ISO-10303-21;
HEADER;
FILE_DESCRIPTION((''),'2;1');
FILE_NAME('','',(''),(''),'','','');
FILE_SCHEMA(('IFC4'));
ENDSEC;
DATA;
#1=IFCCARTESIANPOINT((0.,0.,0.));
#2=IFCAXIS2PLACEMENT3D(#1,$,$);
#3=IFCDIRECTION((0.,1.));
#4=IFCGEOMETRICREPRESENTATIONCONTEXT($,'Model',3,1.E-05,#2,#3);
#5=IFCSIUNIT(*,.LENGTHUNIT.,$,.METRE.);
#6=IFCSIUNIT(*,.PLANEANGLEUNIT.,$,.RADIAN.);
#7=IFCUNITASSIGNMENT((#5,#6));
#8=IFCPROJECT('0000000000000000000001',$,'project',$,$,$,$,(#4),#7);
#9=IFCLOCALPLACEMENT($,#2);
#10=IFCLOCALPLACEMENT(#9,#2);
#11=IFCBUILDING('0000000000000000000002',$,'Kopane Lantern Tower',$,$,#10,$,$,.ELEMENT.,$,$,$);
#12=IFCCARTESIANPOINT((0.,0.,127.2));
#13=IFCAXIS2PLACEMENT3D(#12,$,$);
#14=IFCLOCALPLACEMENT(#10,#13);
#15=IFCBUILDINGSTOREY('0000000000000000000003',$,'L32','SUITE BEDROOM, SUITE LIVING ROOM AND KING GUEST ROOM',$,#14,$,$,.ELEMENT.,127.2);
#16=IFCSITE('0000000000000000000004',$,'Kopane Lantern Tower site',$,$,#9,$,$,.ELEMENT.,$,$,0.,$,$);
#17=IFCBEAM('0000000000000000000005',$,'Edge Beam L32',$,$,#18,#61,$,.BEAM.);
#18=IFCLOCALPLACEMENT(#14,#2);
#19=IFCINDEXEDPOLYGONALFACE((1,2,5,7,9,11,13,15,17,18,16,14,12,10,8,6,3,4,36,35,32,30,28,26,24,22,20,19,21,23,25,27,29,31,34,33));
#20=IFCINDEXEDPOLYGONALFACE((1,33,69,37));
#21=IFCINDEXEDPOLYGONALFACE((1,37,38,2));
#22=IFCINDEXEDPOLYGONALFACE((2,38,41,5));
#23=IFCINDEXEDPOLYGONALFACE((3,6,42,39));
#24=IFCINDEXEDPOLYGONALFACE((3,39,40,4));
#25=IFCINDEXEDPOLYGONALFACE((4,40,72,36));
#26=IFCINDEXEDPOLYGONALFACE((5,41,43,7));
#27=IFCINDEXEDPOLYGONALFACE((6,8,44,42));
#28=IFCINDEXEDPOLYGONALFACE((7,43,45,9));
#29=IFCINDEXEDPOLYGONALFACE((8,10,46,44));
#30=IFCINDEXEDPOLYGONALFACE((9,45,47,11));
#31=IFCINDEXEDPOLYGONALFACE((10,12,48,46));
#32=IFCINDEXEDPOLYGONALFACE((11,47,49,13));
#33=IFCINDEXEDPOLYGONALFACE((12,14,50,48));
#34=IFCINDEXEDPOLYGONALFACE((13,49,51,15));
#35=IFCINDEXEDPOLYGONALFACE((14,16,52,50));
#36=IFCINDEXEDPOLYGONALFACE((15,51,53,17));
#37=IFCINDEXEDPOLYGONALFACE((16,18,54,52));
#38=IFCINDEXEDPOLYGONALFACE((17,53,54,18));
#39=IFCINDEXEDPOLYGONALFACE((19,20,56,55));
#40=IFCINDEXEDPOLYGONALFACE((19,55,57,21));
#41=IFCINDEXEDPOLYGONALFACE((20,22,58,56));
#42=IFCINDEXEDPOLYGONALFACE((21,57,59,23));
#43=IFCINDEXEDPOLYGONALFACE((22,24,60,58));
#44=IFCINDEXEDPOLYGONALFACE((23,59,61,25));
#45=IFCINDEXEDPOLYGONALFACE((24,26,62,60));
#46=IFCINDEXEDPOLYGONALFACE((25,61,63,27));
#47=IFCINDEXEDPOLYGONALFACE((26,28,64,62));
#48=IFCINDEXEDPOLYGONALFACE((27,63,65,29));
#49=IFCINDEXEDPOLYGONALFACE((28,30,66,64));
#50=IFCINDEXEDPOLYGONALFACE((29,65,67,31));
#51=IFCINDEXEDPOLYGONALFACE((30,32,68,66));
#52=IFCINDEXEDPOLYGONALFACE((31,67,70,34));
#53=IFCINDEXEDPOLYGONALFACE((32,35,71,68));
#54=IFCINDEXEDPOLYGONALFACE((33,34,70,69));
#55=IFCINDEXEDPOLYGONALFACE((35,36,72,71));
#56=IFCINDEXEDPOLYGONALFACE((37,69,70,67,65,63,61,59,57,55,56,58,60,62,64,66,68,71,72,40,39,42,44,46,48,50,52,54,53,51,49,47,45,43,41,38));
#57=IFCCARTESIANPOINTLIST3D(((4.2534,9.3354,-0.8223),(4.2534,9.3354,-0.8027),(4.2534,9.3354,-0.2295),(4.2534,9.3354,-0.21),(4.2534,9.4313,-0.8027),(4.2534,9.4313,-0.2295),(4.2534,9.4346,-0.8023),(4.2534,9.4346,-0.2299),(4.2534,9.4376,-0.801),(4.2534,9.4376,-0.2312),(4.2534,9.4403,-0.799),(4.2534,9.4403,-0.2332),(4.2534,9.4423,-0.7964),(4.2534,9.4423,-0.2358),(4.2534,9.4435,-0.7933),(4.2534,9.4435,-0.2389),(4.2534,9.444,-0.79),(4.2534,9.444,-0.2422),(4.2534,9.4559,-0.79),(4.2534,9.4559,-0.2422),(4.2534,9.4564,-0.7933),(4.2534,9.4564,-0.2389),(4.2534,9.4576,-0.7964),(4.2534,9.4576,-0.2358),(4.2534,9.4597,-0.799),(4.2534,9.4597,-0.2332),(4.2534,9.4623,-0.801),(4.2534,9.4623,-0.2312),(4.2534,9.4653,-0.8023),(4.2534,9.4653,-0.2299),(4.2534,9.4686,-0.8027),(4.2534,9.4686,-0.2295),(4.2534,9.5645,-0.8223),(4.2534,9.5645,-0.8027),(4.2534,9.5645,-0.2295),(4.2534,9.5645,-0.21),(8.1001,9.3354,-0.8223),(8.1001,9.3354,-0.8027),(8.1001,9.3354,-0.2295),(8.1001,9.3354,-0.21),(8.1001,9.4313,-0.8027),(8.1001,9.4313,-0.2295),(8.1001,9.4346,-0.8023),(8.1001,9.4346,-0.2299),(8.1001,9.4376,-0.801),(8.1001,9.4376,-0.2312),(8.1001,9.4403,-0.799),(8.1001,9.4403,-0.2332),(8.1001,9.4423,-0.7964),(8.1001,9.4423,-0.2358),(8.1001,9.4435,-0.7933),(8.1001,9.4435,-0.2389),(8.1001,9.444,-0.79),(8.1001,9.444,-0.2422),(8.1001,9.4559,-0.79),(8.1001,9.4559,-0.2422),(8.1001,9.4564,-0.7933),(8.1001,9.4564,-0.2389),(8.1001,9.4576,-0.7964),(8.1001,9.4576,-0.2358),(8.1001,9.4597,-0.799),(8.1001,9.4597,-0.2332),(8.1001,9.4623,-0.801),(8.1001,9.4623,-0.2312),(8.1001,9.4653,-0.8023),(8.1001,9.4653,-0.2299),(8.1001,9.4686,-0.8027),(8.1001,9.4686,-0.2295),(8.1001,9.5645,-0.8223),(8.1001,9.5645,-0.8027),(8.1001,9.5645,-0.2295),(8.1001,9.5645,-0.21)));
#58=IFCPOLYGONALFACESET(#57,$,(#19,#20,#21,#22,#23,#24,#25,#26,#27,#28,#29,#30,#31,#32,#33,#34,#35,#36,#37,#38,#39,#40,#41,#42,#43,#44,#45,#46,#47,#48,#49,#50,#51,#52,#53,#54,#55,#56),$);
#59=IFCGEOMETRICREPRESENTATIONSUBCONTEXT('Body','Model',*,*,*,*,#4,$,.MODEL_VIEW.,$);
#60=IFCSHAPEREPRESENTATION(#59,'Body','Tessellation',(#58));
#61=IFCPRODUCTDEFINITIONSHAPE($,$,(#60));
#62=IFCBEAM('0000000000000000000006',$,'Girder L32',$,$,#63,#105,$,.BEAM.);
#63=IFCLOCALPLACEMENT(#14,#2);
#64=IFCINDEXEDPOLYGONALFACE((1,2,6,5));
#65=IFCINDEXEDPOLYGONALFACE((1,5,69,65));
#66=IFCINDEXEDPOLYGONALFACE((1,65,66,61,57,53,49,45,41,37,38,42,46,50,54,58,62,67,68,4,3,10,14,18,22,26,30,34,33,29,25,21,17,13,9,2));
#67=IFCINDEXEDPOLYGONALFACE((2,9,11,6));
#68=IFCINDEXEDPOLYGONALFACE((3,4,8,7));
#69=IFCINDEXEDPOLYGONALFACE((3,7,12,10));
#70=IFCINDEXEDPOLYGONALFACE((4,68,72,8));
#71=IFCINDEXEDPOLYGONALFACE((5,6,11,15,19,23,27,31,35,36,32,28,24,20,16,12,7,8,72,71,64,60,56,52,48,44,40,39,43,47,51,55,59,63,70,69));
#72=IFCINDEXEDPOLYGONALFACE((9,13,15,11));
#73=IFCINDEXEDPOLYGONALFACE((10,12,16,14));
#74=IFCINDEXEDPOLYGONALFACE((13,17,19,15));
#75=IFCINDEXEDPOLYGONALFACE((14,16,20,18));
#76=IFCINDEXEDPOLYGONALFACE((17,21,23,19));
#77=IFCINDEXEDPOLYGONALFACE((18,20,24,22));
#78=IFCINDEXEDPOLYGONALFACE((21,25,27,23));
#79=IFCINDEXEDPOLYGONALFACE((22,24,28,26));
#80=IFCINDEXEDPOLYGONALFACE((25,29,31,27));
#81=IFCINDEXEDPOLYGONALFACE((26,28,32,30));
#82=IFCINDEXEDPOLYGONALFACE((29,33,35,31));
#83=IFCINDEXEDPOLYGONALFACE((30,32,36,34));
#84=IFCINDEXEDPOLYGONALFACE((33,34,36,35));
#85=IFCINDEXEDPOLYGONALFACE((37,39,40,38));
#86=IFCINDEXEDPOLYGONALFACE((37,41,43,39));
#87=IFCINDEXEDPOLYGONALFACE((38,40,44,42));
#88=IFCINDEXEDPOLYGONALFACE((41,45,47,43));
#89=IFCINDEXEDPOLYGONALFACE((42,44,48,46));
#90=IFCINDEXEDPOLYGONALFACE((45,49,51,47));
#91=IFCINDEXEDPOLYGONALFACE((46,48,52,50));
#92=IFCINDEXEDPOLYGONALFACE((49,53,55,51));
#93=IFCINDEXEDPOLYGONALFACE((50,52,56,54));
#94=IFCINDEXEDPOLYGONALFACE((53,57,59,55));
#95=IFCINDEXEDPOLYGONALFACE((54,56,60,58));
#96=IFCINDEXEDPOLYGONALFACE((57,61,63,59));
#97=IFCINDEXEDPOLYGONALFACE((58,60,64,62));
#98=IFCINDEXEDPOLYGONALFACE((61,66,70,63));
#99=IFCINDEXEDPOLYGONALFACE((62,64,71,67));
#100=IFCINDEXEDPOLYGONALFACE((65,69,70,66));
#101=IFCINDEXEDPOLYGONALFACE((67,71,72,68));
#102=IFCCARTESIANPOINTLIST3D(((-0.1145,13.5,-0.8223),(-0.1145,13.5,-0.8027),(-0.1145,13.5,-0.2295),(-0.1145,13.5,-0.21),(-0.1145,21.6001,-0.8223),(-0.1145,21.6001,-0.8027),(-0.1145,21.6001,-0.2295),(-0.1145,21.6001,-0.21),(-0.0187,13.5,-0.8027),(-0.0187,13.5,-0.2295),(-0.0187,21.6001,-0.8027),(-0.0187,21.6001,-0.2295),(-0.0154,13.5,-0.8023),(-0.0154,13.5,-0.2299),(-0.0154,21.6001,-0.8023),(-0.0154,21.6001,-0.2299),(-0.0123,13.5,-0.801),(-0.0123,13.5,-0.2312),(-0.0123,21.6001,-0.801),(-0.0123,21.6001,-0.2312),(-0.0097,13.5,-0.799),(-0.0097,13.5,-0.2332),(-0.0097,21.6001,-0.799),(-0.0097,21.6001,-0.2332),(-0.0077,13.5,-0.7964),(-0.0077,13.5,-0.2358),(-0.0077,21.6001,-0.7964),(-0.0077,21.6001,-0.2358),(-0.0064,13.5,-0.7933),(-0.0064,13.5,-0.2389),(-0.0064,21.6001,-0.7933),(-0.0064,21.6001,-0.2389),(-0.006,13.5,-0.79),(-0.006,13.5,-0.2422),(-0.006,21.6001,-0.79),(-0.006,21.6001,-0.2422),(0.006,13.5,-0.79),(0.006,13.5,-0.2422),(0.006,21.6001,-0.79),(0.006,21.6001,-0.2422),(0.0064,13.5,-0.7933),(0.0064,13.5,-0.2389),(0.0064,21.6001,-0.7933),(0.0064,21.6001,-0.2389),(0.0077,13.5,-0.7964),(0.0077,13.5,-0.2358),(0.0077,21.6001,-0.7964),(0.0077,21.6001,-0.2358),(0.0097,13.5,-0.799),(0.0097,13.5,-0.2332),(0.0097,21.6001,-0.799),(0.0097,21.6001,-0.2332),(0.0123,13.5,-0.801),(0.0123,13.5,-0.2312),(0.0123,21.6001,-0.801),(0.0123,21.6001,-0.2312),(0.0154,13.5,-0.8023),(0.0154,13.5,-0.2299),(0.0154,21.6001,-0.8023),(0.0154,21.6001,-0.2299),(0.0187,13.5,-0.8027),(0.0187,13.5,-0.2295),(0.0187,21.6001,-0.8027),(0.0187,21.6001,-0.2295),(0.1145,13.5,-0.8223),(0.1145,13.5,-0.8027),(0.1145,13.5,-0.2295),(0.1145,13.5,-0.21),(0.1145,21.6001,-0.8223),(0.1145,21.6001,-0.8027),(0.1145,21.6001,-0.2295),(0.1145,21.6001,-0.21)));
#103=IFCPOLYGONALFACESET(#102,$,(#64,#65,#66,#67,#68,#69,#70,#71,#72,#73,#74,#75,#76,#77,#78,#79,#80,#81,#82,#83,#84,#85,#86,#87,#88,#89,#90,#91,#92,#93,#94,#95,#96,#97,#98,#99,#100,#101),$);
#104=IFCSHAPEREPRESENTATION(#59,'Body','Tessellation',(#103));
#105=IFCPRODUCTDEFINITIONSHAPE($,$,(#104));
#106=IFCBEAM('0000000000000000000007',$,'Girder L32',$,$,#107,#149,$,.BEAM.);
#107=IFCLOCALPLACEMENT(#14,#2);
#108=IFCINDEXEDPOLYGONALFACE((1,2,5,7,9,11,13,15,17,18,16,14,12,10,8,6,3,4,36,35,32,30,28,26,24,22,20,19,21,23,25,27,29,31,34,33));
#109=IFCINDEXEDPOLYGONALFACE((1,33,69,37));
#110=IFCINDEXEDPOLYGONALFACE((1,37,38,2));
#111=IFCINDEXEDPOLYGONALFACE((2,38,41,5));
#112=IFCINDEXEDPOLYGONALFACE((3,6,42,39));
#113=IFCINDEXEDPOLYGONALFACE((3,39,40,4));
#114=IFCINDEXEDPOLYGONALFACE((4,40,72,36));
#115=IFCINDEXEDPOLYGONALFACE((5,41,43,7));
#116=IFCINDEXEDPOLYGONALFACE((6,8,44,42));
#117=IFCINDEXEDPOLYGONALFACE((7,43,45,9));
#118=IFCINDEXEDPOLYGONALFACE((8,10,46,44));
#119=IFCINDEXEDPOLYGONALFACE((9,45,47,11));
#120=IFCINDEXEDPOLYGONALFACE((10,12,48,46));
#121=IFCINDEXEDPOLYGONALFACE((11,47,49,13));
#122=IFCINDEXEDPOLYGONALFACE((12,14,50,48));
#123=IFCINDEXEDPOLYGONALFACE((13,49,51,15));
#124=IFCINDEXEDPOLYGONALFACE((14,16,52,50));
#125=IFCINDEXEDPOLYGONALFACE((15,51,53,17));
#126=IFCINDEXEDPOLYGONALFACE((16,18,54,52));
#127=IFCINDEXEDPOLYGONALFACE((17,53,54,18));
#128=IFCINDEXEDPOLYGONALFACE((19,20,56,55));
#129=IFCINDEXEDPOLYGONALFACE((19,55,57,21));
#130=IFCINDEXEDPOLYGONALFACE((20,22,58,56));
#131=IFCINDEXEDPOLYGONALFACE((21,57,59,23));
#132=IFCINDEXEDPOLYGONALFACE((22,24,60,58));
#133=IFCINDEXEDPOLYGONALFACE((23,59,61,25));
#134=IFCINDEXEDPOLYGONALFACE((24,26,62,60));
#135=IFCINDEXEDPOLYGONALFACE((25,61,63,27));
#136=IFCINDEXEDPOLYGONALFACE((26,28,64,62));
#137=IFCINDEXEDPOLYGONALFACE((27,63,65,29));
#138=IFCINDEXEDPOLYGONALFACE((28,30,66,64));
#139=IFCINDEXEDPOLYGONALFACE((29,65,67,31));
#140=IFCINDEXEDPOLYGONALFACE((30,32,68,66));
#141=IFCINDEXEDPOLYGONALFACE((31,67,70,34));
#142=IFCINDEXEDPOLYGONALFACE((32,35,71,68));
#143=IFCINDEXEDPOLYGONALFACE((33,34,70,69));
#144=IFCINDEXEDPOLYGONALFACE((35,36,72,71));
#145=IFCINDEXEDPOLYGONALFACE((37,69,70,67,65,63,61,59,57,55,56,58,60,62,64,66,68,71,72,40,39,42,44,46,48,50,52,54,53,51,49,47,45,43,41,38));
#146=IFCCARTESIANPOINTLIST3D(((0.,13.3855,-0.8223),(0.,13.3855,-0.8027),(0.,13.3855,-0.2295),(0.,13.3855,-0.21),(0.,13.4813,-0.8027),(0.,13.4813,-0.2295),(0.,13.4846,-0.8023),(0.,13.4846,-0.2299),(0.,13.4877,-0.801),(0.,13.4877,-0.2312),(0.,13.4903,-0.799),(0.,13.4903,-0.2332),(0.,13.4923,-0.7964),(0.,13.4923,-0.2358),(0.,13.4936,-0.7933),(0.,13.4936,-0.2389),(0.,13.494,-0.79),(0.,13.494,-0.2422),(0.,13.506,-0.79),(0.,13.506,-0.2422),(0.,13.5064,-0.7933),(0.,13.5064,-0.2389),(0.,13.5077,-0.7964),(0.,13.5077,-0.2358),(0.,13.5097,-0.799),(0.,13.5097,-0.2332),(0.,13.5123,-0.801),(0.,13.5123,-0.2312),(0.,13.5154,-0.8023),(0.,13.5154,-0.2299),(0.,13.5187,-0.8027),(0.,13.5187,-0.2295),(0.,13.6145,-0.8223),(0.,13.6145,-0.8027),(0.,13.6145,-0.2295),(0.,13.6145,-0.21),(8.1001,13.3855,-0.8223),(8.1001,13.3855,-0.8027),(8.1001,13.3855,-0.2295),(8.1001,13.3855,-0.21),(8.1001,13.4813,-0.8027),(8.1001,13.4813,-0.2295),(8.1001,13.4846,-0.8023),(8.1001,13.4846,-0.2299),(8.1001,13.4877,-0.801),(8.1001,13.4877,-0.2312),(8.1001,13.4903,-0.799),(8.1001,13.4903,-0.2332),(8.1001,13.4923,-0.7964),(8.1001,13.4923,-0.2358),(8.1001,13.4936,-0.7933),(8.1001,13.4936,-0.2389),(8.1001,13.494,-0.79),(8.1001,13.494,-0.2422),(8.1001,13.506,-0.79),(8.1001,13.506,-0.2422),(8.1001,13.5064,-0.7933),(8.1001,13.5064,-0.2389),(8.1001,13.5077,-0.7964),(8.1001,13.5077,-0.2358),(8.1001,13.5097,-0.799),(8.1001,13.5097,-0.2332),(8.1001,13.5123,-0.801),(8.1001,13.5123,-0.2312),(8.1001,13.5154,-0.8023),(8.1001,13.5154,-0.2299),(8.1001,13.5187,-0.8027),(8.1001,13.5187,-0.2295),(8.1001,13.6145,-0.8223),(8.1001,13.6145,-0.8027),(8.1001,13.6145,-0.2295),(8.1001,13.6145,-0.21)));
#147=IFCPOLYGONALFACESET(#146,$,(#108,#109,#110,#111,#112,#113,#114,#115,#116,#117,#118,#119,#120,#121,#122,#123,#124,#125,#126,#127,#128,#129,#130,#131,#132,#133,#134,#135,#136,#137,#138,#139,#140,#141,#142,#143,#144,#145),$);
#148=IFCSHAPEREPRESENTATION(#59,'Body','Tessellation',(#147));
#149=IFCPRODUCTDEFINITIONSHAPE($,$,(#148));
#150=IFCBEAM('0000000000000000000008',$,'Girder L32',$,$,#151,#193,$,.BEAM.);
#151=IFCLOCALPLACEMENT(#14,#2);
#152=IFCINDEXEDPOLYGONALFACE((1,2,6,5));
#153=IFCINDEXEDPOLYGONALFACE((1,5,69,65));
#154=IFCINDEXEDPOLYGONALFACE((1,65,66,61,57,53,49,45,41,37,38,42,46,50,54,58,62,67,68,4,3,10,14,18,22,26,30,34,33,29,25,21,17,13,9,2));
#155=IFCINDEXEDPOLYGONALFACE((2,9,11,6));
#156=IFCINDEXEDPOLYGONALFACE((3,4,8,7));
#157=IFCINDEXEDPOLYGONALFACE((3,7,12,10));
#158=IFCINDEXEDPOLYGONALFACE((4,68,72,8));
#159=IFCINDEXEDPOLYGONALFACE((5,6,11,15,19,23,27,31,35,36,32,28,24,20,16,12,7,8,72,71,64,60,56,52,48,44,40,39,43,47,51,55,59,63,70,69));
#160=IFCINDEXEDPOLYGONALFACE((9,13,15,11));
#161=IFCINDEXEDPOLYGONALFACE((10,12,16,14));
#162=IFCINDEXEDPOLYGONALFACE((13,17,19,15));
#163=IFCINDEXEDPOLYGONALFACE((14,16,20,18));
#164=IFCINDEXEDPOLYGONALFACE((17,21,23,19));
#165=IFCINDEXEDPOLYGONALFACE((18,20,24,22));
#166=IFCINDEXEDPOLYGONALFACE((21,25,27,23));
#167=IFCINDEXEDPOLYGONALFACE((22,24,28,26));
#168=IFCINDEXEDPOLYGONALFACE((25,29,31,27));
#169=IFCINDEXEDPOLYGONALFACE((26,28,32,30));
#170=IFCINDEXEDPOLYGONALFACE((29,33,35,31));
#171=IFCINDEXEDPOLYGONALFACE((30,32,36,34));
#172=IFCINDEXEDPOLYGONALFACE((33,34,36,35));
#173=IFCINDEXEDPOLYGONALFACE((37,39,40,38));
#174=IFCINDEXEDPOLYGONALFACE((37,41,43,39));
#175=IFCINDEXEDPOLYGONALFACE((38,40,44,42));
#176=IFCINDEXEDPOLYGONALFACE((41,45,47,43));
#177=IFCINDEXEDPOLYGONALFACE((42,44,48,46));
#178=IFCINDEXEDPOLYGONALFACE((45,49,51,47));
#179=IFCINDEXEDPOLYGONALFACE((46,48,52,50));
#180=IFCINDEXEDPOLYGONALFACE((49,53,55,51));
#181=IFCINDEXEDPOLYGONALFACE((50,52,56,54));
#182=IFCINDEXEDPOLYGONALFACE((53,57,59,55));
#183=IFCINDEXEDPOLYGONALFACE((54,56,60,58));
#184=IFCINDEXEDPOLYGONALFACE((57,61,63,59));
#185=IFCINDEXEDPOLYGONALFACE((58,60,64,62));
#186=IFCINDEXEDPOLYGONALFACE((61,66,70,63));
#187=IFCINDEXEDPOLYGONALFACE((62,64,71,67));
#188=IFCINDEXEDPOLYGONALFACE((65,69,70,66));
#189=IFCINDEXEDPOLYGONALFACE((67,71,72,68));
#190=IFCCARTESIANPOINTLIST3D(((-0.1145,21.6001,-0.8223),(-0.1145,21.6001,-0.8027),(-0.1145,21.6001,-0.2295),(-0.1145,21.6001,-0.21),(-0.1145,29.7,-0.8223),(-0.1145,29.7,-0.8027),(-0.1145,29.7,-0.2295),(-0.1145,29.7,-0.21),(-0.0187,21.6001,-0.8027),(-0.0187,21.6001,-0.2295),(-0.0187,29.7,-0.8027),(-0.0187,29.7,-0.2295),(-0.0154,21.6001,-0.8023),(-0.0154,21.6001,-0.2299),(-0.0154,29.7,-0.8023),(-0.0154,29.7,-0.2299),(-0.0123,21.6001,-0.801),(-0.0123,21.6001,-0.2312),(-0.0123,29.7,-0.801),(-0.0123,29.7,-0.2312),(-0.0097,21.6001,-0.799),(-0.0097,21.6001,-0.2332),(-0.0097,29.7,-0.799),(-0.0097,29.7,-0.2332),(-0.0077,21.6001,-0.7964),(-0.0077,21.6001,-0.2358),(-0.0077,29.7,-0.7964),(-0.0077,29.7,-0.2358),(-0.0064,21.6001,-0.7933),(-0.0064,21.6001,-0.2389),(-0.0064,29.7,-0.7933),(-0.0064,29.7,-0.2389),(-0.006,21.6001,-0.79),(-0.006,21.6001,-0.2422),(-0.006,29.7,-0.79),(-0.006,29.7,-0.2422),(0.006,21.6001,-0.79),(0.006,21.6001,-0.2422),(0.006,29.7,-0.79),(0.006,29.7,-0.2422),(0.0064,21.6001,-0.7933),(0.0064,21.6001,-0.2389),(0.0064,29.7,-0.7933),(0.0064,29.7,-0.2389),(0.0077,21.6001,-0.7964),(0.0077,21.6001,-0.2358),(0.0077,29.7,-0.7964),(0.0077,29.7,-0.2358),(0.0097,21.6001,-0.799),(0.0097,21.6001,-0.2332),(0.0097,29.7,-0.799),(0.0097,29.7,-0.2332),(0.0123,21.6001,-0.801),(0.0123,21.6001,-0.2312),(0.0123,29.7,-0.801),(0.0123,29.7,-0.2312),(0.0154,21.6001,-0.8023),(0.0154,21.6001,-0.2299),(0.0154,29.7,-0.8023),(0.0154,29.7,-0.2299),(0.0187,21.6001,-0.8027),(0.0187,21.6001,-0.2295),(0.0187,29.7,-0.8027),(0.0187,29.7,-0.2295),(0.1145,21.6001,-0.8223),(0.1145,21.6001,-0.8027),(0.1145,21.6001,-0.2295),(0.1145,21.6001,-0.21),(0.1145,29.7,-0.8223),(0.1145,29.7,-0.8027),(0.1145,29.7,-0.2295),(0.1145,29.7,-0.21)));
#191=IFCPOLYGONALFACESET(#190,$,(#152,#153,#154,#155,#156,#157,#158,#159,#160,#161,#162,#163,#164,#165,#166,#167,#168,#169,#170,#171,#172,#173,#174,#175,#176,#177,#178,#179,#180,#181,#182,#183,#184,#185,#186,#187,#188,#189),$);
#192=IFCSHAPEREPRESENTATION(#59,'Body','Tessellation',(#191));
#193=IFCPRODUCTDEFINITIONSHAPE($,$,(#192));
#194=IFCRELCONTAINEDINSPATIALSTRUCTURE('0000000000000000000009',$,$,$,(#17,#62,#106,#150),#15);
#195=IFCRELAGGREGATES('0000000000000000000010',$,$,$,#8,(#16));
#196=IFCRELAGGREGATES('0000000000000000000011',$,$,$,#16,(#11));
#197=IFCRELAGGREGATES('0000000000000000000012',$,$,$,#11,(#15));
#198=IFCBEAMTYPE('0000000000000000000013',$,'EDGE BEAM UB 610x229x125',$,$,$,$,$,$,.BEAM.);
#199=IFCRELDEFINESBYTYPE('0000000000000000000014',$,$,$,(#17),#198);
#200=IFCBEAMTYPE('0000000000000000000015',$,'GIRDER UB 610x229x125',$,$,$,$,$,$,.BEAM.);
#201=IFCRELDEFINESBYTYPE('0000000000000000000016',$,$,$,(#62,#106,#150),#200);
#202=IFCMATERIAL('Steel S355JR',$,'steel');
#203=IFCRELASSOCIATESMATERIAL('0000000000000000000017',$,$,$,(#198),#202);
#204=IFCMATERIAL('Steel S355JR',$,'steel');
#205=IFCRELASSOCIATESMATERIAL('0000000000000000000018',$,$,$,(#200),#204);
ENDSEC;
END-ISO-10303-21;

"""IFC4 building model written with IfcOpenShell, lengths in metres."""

from ifc_helpers import new_model, si_unit, direction, frame, origin, origin_2d, place, context, subcontext, project, spatial, i_section, extrude, material, material_profile, profile_set, type_object, element, save


model = new_model("IFC4")

# Units and contexts
model_context = context("Model", 3, precision=1e-05, world=origin(), true_north=direction((0.0, 1.0)))
body_context = subcontext(model_context, "Body", "Model", "MODEL_VIEW")
ifc_project = project(units=[si_unit("LENGTHUNIT", "METRE"), si_unit("PLANEANGLEUNIT", "RADIAN")], contexts=[model_context])

# Site, building, storey
site_placement = place(None, origin())
site = spatial("IfcSite", under=ifc_project, at=site_placement, Name="Kopane Lantern Tower site", CompositionType="ELEMENT", RefElevation=0.0)
building_placement = place(site_placement, origin())
building = spatial("IfcBuilding", under=site, at=building_placement, Name="Kopane Lantern Tower", CompositionType="ELEMENT")
storey_placement = place(building_placement, frame((0.0, 0.0, 127.2)))
storey = spatial("IfcBuildingStorey", under=building, at=storey_placement, Name="L32", Description="SUITE BEDROOM, SUITE LIVING ROOM AND KING GUEST ROOM", CompositionType="ELEMENT", Elevation=127.2)

# Beams
ifc_material_1 = material(Name="Steel S355JR", Category="steel")
ifc_material_profile_1 = material_profile(ifc_material_1, i_section(OverallWidth=0.229, OverallDepth=0.6123, WebThickness=0.012, FlangeThickness=0.0195, FilletRadius=0.0127, at=origin_2d()), Name="UB 610x229x125")
ifc_profile_set_1 = profile_set([ifc_material_profile_1], Name="Steel S355JR")
beam_type_1 = type_object("IfcBeamType", Name="EDGE BEAM UB 610x229x125", PredefinedType="BEAM", material=ifc_profile_set_1)
beam_1_placement = place(storey_placement, frame((4.2534, 9.45, -0.5161), z_axis=(1.0, 0.0, 0.0), x_axis=(0.0, 1.0, 0.0)))
element("IfcBeam", 1, at=beam_1_placement, inside=storey, type_object=beam_type_1, Name="Edge Beam L32", PredefinedType="BEAM", context=body_context, shape_type="SweptSolid", body=[
    extrude(i_section(OverallWidth=0.229, OverallDepth=0.6123, WebThickness=0.012, FlangeThickness=0.0195, FilletRadius=0.0127, at=origin_2d()), origin(), (0.0, 0.0, 1.0), 3.8467),
])
ifc_material_2 = material(Name="Steel S355JR", Category="steel")
ifc_material_profile_2 = material_profile(ifc_material_2, i_section(OverallWidth=0.229, OverallDepth=0.6123, WebThickness=0.012, FlangeThickness=0.0195, FilletRadius=0.0127, at=origin_2d()), Name="UB 610x229x125")
ifc_profile_set_2 = profile_set([ifc_material_profile_2], Name="Steel S355JR")
beam_type_2 = type_object("IfcBeamType", Name="GIRDER UB 610x229x125", PredefinedType="BEAM", material=ifc_profile_set_2)
for number, where, z_axis, x_axis, name in (
    (2, (0.0, 13.5, -0.5161), (0.0, 1.0, 0.0), (-1.0, 0.0, 0.0), "Girder L32"),
    (3, (0.0, 13.5, -0.5161), (1.0, 0.0, 0.0), (0.0, 1.0, 0.0), "Girder L32"),
):
    element("IfcBeam", number, at=place(storey_placement, frame(where, z_axis=z_axis, x_axis=x_axis)), inside=storey, type_object=beam_type_2, Name=name, PredefinedType="BEAM", context=body_context, shape_type="SweptSolid", body=[
        extrude(i_section(OverallWidth=0.229, OverallDepth=0.6123, WebThickness=0.012, FlangeThickness=0.0195, FilletRadius=0.0127, at=origin_2d()), origin(), (0.0, 0.0, 1.0), 8.1001),
    ])
beam_2_placement = place(storey_placement, frame((0.0, 21.6001, -0.5161), z_axis=(0.0, 1.0, 0.0), x_axis=(-1.0, 0.0, 0.0)))
element("IfcBeam", 4, at=beam_2_placement, inside=storey, type_object=beam_type_2, Name="Girder L32", PredefinedType="BEAM", context=body_context, shape_type="SweptSolid", body=[
    extrude(i_section(OverallWidth=0.229, OverallDepth=0.6123, WebThickness=0.012, FlangeThickness=0.0195, FilletRadius=0.0127, at=origin_2d()), origin(), (0.0, 0.0, 1.0), 8.0999),
])

save(model, "model.ifc")
